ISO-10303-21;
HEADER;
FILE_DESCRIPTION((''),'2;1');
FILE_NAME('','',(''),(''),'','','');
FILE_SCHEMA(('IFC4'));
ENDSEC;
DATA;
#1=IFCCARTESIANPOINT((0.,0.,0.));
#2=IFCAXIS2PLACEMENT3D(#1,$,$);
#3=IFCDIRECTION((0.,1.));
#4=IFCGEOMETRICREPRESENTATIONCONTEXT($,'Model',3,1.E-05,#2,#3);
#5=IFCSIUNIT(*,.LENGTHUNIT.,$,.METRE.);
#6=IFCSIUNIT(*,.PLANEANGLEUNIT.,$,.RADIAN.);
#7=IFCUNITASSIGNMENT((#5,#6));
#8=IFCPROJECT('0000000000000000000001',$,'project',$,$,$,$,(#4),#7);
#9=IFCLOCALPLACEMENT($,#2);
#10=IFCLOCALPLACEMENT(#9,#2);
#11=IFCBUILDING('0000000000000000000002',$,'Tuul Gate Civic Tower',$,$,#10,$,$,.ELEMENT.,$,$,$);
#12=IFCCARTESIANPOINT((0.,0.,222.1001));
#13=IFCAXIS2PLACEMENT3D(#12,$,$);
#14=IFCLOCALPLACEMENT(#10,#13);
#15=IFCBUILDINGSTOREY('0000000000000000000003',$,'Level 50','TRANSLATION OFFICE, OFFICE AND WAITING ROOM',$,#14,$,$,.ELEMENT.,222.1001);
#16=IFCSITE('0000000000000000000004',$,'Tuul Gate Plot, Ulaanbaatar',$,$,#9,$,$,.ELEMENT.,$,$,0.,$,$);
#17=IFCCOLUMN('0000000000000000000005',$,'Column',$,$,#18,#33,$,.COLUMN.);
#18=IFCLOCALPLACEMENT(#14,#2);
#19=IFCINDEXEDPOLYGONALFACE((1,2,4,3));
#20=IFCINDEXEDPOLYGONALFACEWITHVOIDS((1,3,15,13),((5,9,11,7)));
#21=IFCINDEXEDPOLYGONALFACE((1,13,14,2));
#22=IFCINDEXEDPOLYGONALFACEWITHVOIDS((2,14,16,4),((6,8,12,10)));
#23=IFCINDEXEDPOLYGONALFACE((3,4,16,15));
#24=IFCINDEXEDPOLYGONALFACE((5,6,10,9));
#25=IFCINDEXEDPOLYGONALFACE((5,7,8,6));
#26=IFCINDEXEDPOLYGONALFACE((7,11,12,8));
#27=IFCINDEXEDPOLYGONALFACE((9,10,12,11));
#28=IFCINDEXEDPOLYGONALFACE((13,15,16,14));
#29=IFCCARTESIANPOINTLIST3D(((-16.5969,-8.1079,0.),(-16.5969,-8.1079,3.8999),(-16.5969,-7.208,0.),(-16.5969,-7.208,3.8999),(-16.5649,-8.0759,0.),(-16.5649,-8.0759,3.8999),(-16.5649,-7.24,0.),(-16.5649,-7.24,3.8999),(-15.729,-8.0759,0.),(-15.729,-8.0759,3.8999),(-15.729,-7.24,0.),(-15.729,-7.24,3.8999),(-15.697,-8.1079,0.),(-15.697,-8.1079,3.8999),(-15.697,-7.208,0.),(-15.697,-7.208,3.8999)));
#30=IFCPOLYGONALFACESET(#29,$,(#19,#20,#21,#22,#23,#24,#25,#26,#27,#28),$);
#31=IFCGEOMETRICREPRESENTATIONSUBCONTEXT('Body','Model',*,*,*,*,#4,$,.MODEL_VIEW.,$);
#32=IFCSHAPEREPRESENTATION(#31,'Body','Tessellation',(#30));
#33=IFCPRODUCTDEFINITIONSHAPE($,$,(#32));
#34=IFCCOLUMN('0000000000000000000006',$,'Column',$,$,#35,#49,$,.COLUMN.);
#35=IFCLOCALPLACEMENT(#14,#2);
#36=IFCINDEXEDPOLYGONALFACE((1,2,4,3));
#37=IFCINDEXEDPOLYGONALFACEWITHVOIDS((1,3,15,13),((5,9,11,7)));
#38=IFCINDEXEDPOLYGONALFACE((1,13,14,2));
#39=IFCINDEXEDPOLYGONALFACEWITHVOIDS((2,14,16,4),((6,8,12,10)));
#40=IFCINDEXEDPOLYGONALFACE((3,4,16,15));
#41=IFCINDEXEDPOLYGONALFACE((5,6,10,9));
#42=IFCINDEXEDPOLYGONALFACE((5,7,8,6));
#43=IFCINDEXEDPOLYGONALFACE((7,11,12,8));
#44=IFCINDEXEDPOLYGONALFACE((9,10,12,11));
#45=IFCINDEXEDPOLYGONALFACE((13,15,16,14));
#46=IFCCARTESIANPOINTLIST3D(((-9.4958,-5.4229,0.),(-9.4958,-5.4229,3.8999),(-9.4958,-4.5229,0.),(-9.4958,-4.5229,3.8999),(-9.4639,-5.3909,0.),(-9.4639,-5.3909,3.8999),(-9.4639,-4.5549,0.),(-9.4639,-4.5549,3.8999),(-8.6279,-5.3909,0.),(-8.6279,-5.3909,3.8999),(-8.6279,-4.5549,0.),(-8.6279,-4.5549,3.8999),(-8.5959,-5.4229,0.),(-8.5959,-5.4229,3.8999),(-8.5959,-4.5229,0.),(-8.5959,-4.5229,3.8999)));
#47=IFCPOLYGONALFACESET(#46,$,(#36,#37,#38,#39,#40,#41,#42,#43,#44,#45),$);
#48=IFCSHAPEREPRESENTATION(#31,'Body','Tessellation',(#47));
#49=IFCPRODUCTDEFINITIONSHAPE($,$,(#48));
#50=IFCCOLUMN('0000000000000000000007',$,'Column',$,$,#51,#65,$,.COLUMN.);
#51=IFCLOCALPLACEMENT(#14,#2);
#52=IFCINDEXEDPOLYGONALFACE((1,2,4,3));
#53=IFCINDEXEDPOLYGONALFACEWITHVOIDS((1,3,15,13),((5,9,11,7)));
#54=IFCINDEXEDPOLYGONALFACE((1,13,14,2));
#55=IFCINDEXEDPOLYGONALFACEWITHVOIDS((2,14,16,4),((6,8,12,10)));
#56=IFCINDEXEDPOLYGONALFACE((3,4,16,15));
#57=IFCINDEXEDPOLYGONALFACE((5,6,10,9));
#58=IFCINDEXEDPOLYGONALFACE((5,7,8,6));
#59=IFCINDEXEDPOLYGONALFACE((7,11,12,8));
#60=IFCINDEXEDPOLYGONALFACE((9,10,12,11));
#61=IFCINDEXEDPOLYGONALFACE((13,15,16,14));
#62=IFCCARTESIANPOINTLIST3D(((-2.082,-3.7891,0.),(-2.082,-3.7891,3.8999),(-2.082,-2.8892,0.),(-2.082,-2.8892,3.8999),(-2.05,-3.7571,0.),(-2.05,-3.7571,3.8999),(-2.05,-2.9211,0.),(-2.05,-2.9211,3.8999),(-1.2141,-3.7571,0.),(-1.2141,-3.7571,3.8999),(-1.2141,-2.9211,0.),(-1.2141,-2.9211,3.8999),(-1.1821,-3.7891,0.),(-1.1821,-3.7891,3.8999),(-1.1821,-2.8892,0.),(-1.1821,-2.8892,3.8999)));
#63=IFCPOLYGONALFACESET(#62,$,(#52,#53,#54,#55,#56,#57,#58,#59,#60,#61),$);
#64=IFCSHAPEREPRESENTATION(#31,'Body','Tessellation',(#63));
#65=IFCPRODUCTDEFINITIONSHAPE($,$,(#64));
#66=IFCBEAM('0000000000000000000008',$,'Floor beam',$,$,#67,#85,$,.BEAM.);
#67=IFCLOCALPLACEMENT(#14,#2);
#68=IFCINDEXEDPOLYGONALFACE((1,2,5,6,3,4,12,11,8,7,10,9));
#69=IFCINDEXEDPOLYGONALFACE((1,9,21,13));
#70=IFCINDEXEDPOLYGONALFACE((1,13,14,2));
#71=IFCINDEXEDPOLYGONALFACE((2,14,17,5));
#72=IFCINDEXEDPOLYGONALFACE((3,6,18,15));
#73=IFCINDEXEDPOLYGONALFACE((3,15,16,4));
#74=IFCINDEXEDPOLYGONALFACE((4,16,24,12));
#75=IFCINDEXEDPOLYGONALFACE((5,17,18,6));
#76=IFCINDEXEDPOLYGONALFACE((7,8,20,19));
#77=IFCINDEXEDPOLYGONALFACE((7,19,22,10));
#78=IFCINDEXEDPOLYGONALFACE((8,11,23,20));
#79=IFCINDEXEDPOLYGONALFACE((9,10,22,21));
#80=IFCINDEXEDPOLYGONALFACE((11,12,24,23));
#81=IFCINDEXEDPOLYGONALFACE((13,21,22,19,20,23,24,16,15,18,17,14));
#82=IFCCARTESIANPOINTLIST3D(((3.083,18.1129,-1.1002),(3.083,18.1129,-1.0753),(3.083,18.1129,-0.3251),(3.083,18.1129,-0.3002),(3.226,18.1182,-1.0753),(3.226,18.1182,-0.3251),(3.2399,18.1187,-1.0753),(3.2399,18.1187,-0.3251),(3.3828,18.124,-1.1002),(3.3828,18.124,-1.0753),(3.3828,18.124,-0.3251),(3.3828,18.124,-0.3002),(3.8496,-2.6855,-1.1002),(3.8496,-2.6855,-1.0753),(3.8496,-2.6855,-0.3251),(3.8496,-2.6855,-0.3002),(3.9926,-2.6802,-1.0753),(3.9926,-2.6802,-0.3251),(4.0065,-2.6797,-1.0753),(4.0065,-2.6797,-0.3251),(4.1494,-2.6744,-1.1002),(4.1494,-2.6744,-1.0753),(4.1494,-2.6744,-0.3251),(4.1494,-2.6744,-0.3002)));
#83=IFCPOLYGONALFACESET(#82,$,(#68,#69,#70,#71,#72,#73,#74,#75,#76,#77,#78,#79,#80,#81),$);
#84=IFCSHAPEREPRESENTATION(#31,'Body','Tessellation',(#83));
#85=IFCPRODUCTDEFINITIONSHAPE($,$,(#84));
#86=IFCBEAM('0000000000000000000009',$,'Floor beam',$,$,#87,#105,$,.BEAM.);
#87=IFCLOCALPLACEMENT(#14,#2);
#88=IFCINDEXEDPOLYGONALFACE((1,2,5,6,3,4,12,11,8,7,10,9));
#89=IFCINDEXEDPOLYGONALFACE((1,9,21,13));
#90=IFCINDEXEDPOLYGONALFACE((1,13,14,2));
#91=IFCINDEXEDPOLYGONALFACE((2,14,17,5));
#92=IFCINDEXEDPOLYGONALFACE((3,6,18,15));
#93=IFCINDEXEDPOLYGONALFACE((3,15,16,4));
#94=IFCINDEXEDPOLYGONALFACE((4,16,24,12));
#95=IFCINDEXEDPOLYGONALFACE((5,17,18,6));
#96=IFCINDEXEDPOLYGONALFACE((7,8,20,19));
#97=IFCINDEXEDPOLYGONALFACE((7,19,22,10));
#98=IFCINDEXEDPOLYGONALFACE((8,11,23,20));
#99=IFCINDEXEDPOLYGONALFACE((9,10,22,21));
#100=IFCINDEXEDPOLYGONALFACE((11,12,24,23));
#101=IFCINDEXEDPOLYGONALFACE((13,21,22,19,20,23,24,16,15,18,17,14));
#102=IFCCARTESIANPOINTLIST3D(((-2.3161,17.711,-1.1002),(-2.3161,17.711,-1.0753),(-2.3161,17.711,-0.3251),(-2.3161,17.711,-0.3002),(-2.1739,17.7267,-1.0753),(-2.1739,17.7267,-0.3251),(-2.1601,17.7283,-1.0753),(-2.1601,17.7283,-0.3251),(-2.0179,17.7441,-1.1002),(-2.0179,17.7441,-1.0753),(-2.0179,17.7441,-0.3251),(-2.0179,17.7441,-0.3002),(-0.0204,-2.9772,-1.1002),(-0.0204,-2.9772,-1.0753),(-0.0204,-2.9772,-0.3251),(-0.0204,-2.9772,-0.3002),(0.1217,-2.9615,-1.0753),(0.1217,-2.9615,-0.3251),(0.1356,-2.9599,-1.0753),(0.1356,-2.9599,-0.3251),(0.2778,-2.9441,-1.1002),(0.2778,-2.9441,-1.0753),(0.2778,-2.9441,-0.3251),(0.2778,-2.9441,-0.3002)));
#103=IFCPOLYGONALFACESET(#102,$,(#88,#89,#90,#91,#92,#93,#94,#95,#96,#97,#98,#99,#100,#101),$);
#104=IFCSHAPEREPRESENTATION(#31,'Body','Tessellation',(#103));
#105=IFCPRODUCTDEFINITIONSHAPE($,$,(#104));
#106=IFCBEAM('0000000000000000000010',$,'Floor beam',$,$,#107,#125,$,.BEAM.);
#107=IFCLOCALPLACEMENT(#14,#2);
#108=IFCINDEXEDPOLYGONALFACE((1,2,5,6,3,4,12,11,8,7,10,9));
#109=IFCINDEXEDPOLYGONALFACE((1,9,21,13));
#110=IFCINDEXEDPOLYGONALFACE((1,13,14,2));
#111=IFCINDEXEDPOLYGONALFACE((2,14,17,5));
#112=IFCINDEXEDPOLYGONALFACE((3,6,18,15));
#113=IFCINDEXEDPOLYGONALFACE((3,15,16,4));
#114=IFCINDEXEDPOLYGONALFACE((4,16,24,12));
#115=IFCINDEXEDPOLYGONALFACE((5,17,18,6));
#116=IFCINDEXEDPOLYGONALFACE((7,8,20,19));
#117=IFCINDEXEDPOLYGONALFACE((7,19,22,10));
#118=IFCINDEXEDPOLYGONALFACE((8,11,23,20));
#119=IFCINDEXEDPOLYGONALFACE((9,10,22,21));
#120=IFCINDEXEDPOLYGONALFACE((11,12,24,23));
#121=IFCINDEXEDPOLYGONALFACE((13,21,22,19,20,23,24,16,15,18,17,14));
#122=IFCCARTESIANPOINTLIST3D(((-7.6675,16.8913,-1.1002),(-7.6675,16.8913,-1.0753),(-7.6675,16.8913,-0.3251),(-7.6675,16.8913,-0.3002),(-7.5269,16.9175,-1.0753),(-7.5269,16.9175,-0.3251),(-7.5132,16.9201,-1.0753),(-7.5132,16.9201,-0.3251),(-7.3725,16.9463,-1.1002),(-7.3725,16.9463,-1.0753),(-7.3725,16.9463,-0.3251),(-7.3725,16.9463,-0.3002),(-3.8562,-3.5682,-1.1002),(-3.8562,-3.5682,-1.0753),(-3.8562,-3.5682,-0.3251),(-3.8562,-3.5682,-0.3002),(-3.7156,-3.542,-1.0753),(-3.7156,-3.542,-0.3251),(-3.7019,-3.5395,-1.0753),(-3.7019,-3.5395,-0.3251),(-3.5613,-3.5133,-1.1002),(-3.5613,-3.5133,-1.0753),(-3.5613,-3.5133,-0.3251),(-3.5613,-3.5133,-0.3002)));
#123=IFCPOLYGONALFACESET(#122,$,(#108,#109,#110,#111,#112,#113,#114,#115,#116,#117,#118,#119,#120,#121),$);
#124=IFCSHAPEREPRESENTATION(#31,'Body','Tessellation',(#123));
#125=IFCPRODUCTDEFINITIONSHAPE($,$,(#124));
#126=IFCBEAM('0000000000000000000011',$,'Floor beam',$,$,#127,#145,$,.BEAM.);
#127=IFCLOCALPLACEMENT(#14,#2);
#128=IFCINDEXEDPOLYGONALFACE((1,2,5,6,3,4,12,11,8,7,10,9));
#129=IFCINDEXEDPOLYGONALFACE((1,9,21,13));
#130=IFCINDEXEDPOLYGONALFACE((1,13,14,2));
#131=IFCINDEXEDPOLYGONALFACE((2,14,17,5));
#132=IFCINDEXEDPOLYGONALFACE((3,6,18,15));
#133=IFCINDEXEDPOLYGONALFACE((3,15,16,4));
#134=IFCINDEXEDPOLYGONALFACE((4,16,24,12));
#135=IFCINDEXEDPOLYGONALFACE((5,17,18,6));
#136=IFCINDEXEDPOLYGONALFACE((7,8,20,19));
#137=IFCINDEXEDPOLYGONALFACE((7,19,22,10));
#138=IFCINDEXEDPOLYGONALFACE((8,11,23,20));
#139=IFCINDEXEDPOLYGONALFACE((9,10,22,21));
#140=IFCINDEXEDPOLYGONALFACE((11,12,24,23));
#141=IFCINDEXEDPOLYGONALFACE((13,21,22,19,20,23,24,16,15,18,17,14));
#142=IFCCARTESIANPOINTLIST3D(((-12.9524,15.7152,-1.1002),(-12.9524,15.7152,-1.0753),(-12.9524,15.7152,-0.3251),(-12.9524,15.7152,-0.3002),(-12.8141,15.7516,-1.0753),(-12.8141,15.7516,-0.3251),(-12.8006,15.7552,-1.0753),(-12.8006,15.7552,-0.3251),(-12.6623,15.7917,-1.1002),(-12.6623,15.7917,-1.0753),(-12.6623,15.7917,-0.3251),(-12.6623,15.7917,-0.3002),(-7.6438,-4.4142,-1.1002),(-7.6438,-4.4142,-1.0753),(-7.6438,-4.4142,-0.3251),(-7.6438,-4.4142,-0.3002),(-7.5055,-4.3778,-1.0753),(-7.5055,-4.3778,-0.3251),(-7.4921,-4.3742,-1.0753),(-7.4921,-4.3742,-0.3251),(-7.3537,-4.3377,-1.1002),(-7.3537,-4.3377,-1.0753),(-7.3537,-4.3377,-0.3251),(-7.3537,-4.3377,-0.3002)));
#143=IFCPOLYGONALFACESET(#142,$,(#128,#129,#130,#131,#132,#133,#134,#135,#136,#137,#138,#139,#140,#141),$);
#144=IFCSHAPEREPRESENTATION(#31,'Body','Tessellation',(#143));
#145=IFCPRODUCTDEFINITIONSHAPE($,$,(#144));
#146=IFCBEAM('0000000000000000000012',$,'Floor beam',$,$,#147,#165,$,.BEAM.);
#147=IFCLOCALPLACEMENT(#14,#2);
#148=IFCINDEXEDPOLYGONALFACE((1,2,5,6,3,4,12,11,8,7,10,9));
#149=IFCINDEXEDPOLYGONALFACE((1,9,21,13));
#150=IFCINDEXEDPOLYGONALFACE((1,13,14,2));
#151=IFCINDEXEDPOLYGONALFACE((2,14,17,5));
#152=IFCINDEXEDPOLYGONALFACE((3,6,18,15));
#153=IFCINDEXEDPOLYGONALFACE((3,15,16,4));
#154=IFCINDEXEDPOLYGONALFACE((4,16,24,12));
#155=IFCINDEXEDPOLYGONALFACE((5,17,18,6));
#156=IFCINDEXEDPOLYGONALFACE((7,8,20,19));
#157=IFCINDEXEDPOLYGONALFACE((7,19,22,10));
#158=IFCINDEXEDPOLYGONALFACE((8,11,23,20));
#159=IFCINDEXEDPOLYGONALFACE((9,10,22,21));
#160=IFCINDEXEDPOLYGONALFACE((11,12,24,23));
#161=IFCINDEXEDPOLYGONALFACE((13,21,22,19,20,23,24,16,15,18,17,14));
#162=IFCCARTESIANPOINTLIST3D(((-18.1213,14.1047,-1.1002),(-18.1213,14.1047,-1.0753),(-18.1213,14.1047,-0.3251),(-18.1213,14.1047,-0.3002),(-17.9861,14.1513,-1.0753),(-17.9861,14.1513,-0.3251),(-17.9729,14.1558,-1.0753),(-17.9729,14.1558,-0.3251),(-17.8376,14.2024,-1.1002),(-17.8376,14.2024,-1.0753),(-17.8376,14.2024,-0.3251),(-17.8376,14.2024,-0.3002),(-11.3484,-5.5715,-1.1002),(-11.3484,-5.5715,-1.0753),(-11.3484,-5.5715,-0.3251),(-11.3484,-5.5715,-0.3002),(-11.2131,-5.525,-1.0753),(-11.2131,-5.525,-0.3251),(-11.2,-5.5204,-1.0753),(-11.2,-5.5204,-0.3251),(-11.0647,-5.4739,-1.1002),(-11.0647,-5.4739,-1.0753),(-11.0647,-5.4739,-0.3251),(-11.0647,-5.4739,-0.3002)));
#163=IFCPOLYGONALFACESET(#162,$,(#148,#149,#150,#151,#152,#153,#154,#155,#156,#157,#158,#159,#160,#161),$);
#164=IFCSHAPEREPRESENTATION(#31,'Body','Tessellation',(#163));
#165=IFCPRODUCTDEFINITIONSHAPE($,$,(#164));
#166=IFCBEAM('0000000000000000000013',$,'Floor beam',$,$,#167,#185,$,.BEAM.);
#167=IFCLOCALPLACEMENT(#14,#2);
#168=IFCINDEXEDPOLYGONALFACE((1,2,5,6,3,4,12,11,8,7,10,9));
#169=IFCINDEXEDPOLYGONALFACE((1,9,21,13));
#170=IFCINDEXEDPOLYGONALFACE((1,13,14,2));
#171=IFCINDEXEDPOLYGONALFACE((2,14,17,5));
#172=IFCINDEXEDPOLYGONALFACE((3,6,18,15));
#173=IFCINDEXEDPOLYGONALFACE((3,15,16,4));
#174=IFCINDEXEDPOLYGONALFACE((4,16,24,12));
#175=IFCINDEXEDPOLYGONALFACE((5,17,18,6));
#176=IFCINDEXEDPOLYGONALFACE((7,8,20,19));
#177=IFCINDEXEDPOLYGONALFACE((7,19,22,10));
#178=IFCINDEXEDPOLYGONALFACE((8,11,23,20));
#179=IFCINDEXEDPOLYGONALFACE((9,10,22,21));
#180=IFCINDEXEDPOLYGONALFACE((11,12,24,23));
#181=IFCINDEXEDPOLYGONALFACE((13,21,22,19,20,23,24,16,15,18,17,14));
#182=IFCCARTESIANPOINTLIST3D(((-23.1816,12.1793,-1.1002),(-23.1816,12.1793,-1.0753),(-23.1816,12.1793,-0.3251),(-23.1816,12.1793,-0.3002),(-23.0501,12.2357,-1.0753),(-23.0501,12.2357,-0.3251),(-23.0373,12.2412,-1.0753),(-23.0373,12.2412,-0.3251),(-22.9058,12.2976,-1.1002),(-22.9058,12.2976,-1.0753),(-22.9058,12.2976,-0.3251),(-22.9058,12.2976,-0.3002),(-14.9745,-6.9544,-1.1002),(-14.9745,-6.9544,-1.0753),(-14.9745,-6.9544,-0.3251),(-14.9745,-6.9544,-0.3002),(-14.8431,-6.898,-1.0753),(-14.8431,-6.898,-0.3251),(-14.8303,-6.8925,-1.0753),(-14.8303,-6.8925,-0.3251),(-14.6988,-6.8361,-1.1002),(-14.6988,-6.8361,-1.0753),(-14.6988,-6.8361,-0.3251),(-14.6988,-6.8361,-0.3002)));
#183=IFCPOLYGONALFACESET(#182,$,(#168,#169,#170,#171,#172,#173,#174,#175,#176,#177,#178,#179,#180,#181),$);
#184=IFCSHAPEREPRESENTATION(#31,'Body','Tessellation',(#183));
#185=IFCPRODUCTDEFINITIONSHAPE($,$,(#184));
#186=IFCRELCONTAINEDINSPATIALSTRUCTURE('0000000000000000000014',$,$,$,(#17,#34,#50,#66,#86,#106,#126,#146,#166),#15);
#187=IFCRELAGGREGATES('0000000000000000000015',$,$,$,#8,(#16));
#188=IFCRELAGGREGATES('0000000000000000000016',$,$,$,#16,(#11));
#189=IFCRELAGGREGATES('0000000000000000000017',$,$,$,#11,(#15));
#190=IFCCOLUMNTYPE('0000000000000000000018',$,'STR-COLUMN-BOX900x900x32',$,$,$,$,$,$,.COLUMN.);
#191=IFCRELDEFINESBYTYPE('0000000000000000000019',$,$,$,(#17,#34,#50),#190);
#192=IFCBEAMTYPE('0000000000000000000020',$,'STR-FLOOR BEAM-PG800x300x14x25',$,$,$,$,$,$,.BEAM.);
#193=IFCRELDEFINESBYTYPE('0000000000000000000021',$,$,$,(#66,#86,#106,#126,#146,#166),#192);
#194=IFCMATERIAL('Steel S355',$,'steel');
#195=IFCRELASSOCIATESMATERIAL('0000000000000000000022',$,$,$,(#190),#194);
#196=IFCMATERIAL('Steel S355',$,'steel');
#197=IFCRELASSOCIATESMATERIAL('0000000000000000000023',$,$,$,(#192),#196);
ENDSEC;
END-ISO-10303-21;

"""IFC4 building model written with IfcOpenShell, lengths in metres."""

from ifc_helpers import new_model, si_unit, direction, frame, origin, origin_2d, place, context, subcontext, project, spatial, hollow_rectangle, i_section, extrude, material, material_profile, profile_set, type_object, element, save


model = new_model("IFC4")

# Units and contexts
model_context = context("Model", 3, precision=1e-05, world=origin(), true_north=direction((0.0, 1.0)))
body_context = subcontext(model_context, "Body", "Model", "MODEL_VIEW")
ifc_project = project(units=[si_unit("LENGTHUNIT", "METRE"), si_unit("PLANEANGLEUNIT", "RADIAN")], contexts=[model_context])

# Site, building, storey
site_placement = place(None, origin())
site = spatial("IfcSite", under=ifc_project, at=site_placement, Name="Tuul Gate Plot, Ulaanbaatar", CompositionType="ELEMENT", RefElevation=0.0)
building_placement = place(site_placement, origin())
building = spatial("IfcBuilding", under=site, at=building_placement, Name="Tuul Gate Civic Tower", CompositionType="ELEMENT")
storey_placement = place(building_placement, frame((0.0, 0.0, 222.1001)))
storey = spatial("IfcBuildingStorey", under=building, at=storey_placement, Name="Level 50", Description="TRANSLATION OFFICE, OFFICE AND WAITING ROOM", CompositionType="ELEMENT", Elevation=222.1001)

# Columns
ifc_material_1 = material(Name="Steel S355", Category="steel")
ifc_material_profile_1 = material_profile(ifc_material_1, hollow_rectangle(XDim=0.8999, YDim=0.8999, WallThickness=0.032, at=origin_2d()), Name="BOX900x900x32")
ifc_profile_set_1 = profile_set([ifc_material_profile_1], Name="Steel S355")
column_type = type_object("IfcColumnType", Name="STR-COLUMN-BOX900x900x32", PredefinedType="COLUMN", material=ifc_profile_set_1)
for number, where, z_axis, x_axis, name in (
    (1, (-16.147, -7.658, 0.0), (0.0, 0.0, 1.0), (1.0, 0.0, 0.0), "Column"),
    (2, (-9.0459, -4.9729, 0.0), (0.0, 0.0, 1.0), (1.0, 0.0, 0.0), "Column"),
    (3, (-1.6321, -3.3391, 0.0), (0.0, 0.0, 1.0), (1.0, 0.0, 0.0), "Column"),
):
    element("IfcColumn", number, at=place(storey_placement, frame(where, z_axis=z_axis, x_axis=x_axis)), inside=storey, type_object=column_type, Name=name, PredefinedType="COLUMN", context=body_context, shape_type="SweptSolid", body=[
        extrude(hollow_rectangle(XDim=0.8999, YDim=0.8999, WallThickness=0.032, at=origin_2d()), origin(), (0.0, 0.0, 1.0), 3.8999),
    ])

# Beams
ifc_material_2 = material(Name="Steel S355", Category="steel")
ifc_material_profile_2 = material_profile(ifc_material_2, i_section(OverallWidth=0.3, OverallDepth=0.8, WebThickness=0.0139, FlangeThickness=0.0249, at=origin_2d()), Name="PG800x300x14x25")
ifc_profile_set_2 = profile_set([ifc_material_profile_2], Name="Steel S355")
beam_type_1 = type_object("IfcBeamType", Name="STR-FLOOR BEAM-PG800x300x14x25", PredefinedType="BEAM", material=ifc_profile_set_2)
beam_1_placement = place(storey_placement, frame((3.9995, -2.6799, -0.7002), z_axis=(-0.036834, 0.999321, 0.0), x_axis=(-0.999321, -0.036834, 0.0)))
element("IfcBeam", 4, at=beam_1_placement, inside=storey, type_object=beam_type_1, Name="Floor beam", PredefinedType="BEAM", context=body_context, shape_type="SweptSolid", body=[
    extrude(i_section(OverallWidth=0.3, OverallDepth=0.8, WebThickness=0.0139, FlangeThickness=0.0249, at=origin_2d()), origin(), (0.0, 0.0, 1.0), 20.8125),
])
beam_2_placement = place(storey_placement, frame((0.1287, -2.9607, -0.7002), z_axis=(-0.110287, 0.9939, 0.0), x_axis=(-0.9939, -0.110287, 0.0)))
element("IfcBeam", 5, at=beam_2_placement, inside=storey, type_object=beam_type_1, Name="Floor beam", PredefinedType="BEAM", context=body_context, shape_type="SweptSolid", body=[
    extrude(i_section(OverallWidth=0.3, OverallDepth=0.8, WebThickness=0.0139, FlangeThickness=0.0249, at=origin_2d()), origin(), (0.0, 0.0, 1.0), 20.8152),
])
beam_3_placement = place(storey_placement, frame((-3.7087, -3.5408, -0.7002), z_axis=(-0.183134, 0.983088, 0.0), x_axis=(-0.983088, -0.183134, 0.0)))
element("IfcBeam", 6, at=beam_3_placement, inside=storey, type_object=beam_type_1, Name="Floor beam", PredefinedType="BEAM", context=body_context, shape_type="SweptSolid", body=[
    extrude(i_section(OverallWidth=0.3, OverallDepth=0.8, WebThickness=0.0139, FlangeThickness=0.0249, at=origin_2d()), origin(), (0.0, 0.0, 1.0), 20.8115),
])
beam_4_placement = place(storey_placement, frame((-7.4988, -4.376, -0.7002), z_axis=(-0.255005, 0.96694, 0.0), x_axis=(-0.96694, -0.255005, 0.0)))
element("IfcBeam", 7, at=beam_4_placement, inside=storey, type_object=beam_type_1, Name="Floor beam", PredefinedType="BEAM", context=body_context, shape_type="SweptSolid", body=[
    extrude(i_section(OverallWidth=0.3, OverallDepth=0.8, WebThickness=0.0139, FlangeThickness=0.0249, at=origin_2d()), origin(), (0.0, 0.0, 1.0), 20.8176),
])
beam_5_placement = place(storey_placement, frame((-11.2065, -5.5227, -0.7002), z_axis=(-0.325476, 0.94555, 0.0), x_axis=(-0.94555, -0.325476, 0.0)))
element("IfcBeam", 8, at=beam_5_placement, inside=storey, type_object=beam_type_1, Name="Floor beam", PredefinedType="BEAM", context=body_context, shape_type="SweptSolid", body=[
    extrude(i_section(OverallWidth=0.3, OverallDepth=0.8, WebThickness=0.0139, FlangeThickness=0.0249, at=origin_2d()), origin(), (0.0, 0.0, 1.0), 20.8093),
])
beam_6_placement = place(storey_placement, frame((-14.8367, -6.8953, -0.7002), z_axis=(-0.394197, 0.919026, 0.0), x_axis=(-0.919026, -0.394197, 0.0)))
element("IfcBeam", 9, at=beam_6_placement, inside=storey, type_object=beam_type_1, Name="Floor beam", PredefinedType="BEAM", context=body_context, shape_type="SweptSolid", body=[
    extrude(i_section(OverallWidth=0.3, OverallDepth=0.8, WebThickness=0.0139, FlangeThickness=0.0249, at=origin_2d()), origin(), (0.0, 0.0, 1.0), 20.8196),
])

save(model, "model.ifc")
